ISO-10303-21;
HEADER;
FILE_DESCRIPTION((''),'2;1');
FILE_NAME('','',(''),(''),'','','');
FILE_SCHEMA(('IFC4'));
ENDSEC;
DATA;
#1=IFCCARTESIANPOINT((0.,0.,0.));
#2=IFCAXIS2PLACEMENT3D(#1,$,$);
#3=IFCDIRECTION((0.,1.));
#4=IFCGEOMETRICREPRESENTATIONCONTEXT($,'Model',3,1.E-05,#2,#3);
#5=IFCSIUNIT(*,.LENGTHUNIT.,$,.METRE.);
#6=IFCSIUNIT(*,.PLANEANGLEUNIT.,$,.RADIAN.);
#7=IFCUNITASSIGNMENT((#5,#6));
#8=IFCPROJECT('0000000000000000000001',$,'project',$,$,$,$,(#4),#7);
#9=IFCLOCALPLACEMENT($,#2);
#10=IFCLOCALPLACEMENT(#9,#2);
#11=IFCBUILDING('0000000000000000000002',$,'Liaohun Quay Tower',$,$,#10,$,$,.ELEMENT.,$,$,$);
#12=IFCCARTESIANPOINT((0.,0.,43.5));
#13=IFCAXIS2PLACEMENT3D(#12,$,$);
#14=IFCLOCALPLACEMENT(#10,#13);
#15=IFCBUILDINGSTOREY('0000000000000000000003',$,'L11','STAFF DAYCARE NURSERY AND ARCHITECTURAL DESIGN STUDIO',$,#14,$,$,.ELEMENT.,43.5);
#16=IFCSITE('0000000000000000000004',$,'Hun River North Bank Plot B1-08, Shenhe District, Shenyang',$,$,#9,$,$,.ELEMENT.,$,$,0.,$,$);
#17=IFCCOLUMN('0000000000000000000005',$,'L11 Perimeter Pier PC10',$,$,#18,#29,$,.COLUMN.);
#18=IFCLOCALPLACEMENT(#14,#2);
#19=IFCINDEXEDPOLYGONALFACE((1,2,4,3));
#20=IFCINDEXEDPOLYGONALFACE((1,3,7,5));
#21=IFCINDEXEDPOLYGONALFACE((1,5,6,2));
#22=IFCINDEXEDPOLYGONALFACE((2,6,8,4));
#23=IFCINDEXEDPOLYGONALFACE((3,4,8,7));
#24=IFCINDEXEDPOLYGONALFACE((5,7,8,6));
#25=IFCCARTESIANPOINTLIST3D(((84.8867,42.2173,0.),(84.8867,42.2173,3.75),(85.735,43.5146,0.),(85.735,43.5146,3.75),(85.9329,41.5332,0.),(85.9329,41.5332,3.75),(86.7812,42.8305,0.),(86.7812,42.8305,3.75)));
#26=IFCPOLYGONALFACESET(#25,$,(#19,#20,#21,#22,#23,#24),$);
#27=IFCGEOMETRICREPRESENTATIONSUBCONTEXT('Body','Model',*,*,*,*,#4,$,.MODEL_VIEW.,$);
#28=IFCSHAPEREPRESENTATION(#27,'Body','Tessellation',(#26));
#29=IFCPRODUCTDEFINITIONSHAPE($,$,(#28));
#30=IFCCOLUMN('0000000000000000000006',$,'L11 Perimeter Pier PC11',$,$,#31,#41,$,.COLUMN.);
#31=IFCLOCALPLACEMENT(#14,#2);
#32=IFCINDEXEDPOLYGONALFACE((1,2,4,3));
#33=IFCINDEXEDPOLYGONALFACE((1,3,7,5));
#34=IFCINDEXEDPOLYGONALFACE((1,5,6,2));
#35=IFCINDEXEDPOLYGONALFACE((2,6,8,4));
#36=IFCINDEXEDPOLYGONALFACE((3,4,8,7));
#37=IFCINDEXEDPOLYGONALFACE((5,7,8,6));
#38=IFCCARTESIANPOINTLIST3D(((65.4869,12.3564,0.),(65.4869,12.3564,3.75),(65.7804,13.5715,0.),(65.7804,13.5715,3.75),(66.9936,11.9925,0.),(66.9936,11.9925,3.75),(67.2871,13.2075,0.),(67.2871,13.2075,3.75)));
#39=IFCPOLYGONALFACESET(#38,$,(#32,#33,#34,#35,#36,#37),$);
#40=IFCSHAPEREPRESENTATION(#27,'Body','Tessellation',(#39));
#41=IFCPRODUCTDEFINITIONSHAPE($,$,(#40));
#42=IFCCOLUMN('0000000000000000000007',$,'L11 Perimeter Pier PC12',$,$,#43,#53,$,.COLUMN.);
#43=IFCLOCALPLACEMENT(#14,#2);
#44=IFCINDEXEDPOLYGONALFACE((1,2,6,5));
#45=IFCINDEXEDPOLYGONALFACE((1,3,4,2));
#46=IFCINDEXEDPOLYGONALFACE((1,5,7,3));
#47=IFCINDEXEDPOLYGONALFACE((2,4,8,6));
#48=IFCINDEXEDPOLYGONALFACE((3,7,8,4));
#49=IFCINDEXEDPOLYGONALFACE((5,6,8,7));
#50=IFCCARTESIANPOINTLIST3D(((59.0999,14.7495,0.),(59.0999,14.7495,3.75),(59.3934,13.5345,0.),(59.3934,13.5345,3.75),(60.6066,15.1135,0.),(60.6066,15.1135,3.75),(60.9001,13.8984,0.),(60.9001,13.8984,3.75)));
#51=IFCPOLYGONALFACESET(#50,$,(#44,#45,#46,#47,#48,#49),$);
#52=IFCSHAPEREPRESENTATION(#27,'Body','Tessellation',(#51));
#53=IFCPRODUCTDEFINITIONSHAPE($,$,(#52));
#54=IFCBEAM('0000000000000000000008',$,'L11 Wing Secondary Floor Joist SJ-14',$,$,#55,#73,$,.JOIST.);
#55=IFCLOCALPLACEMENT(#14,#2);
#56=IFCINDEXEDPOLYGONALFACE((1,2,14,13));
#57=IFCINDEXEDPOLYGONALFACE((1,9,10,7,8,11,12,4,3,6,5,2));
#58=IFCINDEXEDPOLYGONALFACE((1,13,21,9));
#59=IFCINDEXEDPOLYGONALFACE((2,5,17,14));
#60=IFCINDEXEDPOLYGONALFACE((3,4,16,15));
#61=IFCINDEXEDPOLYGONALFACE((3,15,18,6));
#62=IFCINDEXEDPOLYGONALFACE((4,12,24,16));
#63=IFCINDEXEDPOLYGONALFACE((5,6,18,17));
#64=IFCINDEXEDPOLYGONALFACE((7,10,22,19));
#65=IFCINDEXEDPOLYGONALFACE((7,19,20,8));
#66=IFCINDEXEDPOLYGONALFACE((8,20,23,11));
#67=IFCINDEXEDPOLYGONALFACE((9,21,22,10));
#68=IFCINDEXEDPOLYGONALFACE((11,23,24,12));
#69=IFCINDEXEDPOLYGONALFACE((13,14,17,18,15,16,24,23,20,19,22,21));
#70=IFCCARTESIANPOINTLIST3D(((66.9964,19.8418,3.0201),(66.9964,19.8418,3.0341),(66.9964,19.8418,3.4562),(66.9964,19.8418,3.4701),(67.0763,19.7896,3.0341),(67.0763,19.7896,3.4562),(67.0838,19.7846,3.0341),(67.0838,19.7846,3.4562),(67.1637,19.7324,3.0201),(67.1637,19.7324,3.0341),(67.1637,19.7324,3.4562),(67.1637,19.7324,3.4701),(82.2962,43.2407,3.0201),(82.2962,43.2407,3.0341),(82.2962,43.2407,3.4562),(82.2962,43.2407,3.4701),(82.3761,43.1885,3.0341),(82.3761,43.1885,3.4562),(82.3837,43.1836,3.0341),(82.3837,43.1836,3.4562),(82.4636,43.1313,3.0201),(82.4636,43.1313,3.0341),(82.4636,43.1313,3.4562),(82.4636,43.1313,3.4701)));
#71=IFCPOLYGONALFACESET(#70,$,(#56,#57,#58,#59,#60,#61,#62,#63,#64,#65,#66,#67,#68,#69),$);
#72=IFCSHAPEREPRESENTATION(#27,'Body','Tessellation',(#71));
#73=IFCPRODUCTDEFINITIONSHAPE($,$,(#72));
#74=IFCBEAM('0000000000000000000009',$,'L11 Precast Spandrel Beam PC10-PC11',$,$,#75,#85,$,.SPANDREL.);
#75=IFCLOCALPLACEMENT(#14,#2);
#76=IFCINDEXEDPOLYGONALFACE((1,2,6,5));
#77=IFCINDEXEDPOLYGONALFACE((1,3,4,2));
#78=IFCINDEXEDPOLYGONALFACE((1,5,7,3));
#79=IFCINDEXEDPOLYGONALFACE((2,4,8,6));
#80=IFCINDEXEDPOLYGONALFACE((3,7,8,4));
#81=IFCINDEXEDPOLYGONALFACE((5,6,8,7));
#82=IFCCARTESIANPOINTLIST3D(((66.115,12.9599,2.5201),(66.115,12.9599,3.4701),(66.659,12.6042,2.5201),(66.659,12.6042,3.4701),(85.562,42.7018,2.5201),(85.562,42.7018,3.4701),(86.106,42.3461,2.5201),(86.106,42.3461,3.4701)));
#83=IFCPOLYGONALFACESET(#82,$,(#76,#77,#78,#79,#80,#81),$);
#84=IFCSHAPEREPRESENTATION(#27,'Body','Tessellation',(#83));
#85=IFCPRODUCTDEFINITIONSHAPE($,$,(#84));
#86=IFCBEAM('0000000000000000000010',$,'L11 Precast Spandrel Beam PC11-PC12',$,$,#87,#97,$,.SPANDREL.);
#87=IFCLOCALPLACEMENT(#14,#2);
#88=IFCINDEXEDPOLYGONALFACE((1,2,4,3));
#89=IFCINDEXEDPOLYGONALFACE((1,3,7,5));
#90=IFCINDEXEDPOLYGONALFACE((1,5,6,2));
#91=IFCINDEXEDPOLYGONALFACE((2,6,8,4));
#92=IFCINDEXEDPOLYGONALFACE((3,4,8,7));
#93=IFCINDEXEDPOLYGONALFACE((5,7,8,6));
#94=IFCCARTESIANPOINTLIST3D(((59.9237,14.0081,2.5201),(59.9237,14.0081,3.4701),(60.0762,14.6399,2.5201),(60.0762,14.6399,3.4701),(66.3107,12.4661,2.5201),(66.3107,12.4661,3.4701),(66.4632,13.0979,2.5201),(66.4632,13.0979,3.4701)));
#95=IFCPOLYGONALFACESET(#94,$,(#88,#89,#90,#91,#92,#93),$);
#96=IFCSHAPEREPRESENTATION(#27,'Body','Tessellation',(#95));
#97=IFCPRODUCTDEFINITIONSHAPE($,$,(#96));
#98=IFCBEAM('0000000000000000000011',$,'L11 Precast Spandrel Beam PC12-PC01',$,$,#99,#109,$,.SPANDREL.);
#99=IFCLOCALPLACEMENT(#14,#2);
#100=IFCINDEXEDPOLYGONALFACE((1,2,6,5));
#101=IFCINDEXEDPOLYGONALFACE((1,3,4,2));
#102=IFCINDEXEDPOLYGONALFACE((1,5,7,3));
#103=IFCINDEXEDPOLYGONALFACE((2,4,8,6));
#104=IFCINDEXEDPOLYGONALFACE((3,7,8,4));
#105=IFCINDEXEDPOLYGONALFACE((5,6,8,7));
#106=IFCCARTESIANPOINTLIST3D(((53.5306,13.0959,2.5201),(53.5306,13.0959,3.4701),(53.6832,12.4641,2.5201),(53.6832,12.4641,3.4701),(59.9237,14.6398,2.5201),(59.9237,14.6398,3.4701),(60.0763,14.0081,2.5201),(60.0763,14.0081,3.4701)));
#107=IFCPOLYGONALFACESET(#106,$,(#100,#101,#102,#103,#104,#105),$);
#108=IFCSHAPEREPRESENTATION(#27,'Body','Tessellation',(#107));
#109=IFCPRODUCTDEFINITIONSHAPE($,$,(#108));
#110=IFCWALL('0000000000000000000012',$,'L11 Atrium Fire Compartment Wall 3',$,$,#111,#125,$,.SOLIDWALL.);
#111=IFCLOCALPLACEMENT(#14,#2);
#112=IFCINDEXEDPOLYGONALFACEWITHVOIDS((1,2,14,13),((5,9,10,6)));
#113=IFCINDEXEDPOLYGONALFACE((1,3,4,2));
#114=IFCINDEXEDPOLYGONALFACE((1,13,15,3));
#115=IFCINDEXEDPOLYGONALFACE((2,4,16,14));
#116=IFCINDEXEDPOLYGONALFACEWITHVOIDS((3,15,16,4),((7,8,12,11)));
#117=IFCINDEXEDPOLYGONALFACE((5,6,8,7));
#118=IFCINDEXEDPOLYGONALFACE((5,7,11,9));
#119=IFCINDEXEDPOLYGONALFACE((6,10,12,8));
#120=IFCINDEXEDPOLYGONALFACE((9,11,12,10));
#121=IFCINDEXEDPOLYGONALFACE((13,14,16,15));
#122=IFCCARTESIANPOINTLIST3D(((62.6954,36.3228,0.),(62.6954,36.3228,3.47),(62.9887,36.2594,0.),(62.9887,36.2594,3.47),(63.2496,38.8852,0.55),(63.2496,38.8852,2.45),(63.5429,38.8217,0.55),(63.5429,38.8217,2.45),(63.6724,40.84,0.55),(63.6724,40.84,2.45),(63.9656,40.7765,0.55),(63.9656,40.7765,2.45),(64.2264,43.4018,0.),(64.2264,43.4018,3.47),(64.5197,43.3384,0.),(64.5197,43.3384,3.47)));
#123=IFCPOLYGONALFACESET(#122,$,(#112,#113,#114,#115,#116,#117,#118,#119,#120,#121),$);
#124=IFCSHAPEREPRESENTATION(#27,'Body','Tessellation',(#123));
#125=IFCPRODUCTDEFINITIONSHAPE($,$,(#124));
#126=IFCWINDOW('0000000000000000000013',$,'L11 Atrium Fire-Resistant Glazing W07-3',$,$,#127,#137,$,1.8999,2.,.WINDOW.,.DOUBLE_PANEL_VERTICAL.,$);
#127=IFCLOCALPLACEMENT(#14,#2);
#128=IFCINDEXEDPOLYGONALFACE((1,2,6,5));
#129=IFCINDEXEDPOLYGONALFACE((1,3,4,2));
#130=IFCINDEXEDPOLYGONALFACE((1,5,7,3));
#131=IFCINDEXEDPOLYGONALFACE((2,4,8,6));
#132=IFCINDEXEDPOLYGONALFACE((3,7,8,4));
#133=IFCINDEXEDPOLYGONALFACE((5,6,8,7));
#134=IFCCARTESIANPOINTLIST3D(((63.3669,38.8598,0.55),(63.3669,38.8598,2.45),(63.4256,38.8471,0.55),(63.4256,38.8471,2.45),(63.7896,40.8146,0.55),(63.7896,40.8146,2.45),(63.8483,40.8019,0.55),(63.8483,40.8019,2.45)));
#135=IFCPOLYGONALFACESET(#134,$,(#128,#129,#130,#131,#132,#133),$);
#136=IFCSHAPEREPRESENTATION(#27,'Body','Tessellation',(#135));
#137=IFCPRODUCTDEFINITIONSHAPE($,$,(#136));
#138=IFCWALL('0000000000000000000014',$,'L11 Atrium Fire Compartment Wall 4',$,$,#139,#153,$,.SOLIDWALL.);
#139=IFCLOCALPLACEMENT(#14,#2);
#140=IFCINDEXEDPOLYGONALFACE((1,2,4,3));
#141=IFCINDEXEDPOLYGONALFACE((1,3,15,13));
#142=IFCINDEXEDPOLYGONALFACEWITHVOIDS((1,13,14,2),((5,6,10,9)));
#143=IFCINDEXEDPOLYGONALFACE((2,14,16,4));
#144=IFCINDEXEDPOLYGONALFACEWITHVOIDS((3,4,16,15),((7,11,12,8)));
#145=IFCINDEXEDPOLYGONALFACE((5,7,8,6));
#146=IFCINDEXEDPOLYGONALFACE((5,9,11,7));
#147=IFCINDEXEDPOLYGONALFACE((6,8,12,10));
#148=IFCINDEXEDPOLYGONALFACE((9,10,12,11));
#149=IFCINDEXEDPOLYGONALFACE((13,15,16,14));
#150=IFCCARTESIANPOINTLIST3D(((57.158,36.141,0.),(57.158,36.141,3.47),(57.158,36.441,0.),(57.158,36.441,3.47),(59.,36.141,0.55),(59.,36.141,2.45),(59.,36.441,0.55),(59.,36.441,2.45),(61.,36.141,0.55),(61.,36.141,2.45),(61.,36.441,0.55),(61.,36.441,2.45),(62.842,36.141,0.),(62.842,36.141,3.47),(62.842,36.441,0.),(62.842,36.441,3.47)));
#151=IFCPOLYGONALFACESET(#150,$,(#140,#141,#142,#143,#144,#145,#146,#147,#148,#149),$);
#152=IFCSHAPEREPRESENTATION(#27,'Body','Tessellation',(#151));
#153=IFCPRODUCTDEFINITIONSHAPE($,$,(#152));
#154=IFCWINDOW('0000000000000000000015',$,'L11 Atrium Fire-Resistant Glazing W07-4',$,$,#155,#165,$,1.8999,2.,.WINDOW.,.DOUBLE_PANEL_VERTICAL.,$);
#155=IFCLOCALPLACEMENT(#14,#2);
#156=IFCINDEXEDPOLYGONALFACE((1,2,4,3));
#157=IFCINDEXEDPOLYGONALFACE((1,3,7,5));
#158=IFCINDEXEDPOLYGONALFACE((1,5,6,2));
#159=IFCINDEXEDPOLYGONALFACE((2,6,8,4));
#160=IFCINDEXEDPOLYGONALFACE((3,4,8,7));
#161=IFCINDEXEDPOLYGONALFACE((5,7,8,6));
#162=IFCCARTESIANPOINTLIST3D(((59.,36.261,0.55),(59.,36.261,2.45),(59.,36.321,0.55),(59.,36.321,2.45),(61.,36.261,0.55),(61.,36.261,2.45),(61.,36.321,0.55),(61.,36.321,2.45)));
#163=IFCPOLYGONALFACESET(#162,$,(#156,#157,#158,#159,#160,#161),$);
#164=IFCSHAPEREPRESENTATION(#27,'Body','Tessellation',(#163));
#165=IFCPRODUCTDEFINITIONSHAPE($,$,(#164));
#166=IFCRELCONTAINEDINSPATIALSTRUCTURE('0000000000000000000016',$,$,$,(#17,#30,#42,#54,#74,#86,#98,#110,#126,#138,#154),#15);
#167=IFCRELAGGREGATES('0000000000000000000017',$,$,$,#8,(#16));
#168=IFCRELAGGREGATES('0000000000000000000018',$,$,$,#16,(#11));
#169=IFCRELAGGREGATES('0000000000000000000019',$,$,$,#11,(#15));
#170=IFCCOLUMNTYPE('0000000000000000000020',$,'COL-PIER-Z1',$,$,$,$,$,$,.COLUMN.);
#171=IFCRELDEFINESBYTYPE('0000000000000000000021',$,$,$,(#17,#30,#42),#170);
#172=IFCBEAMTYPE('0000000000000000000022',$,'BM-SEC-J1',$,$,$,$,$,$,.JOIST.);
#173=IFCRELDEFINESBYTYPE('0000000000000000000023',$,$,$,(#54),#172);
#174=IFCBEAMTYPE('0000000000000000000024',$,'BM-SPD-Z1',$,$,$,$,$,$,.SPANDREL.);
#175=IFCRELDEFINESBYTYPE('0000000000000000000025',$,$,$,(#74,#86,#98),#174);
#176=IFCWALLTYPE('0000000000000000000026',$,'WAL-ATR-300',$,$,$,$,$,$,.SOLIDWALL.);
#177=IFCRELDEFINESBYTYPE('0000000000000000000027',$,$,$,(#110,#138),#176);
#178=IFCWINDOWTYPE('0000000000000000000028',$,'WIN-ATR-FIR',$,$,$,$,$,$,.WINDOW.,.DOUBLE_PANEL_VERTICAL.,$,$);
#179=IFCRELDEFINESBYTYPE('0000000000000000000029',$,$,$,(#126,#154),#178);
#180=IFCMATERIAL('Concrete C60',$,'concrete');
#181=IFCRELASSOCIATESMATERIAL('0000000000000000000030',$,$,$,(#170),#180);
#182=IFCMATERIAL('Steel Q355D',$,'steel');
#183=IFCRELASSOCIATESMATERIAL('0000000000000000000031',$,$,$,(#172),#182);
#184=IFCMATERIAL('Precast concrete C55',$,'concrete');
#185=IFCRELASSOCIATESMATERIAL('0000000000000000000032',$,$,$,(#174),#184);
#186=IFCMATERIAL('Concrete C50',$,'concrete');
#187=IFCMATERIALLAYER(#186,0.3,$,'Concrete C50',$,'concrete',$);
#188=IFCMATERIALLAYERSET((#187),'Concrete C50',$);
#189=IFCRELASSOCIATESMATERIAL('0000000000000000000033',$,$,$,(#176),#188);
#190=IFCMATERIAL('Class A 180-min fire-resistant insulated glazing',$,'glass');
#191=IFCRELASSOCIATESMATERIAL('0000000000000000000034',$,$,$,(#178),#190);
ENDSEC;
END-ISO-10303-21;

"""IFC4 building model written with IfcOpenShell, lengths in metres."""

from ifc_helpers import new_model, si_unit, direction, frame, frame_2d, origin, origin_2d, place, context, subcontext, project, spatial, rectangle, i_section, extrude, source, transform, mapped, material, layer, layer_set, material_profile, profile_set, type_object, element, fill, save


model = new_model("IFC4")

# Units and contexts
model_context = context("Model", 3, precision=1e-05, world=origin(), true_north=direction((0.0, 1.0)))
body_context = subcontext(model_context, "Body", "Model", "MODEL_VIEW")
ifc_project = project(units=[si_unit("LENGTHUNIT", "METRE"), si_unit("PLANEANGLEUNIT", "RADIAN")], contexts=[model_context])

# Site, building, storey
site_placement = place(None, origin())
site = spatial("IfcSite", under=ifc_project, at=site_placement, Name="Hun River North Bank Plot B1-08, Shenhe District, Shenyang", CompositionType="ELEMENT", RefElevation=0.0)
building_placement = place(site_placement, origin())
building = spatial("IfcBuilding", under=site, at=building_placement, Name="Liaohun Quay Tower", CompositionType="ELEMENT")
storey_placement = place(building_placement, frame((0.0, 0.0, 43.5)))
storey = spatial("IfcBuildingStorey", under=building, at=storey_placement, Name="L11", Description="STAFF DAYCARE NURSERY AND ARCHITECTURAL DESIGN STUDIO", CompositionType="ELEMENT", Elevation=43.5)

# Columns
ifc_material_1 = material(Name="Concrete C60", Category="concrete")
ifc_material_profile_1 = material_profile(ifc_material_1, rectangle(XDim=1.55, YDim=1.25, at=origin_2d()), Name="RC1550x1250")
ifc_profile_set_1 = profile_set([ifc_material_profile_1], Name="Concrete C60")
column_type = type_object("IfcColumnType", Name="COL-PIER-Z1", PredefinedType="COLUMN", material=ifc_profile_set_1)
shared_shape_1 = source(origin(), body_context, "Body", "SweptSolid", [
    extrude(rectangle(XDim=1.55, YDim=1.25, at=origin_2d()), origin(), (0.0, 0.0, 1.0), 3.75),
])
for number, where, z_axis, x_axis, name in (
    (1, (85.834, 42.5239, 0.0), (0.0, 0.0, 1.0), (0.547271, 0.836955, 0.0), "L11 Perimeter Pier PC10"),
    (2, (66.387, 12.782, 0.0), (0.0, 0.0, 1.0), (-0.972043, 0.234803, 0.0), "L11 Perimeter Pier PC11"),
    (3, (60.0, 14.324, 0.0), (0.0, 0.0, 1.0), (0.972043, 0.234803, 0.0), "L11 Perimeter Pier PC12"),
):
    element("IfcColumn", number, at=place(storey_placement, frame(where, z_axis=z_axis, x_axis=x_axis)), inside=storey, type_object=column_type, Name=name, PredefinedType="COLUMN", context=body_context, shape_type="MappedRepresentation", body=[
        mapped(shared_shape_1, transform((0.0, 0.0, 0.0), x_axis=(1.0, 0.0, 0.0), y_axis=(0.0, 1.0, 0.0), z_axis=(0.0, 0.0, 1.0), scale=1.0)),
    ])

# Beams
ifc_material_2 = material(Name="Steel Q355D", Category="steel")
ifc_material_profile_2 = material_profile(ifc_material_2, i_section(OverallWidth=0.2, OverallDepth=0.45, WebThickness=0.009, FlangeThickness=0.0139, at=origin_2d()), Name="HN450x200x9x14")
ifc_profile_set_2 = profile_set([ifc_material_profile_2], Name="Steel Q355D")
beam_type_1 = type_object("IfcBeamType", Name="BM-SEC-J1", PredefinedType="JOIST", material=ifc_profile_set_2)
shared_shape_2 = source(origin(), body_context, "Body", "SweptSolid", [
    extrude(i_section(OverallWidth=0.2, OverallDepth=0.45, WebThickness=0.009, FlangeThickness=0.0139, at=origin_2d()), origin(), (0.0, 0.0, 1.0), 27.957),
])
beam_1_placement = place(storey_placement, frame((82.3799, 43.186, 3.2451), z_axis=(-0.547262, -0.836961, 0.0), x_axis=(0.836961, -0.547262, 0.0)))
element("IfcBeam", 4, at=beam_1_placement, inside=storey, type_object=beam_type_1, Name="L11 Wing Secondary Floor Joist SJ-14", PredefinedType="JOIST", context=body_context, shape_type="MappedRepresentation", body=[
    mapped(shared_shape_2, transform((0.0, 0.0, 0.0), x_axis=(1.0, 0.0, 0.0), y_axis=(0.0, 1.0, 0.0), z_axis=(0.0, 0.0, 1.0), scale=1.0)),
])
ifc_material_3 = material(Name="Precast concrete C55", Category="concrete")
ifc_material_profile_3 = material_profile(ifc_material_3, rectangle(XDim=0.6499, YDim=0.95, at=origin_2d()), Name="RC650x950")
ifc_profile_set_3 = profile_set([ifc_material_profile_3], Name="Precast concrete C55")
beam_type_2 = type_object("IfcBeamType", Name="BM-SPD-Z1", PredefinedType="SPANDREL", material=ifc_profile_set_3)
shared_shape_3 = source(origin(), body_context, "Body", "SweptSolid", [
    extrude(rectangle(XDim=0.6499, YDim=0.95, at=origin_2d()), origin(), (0.0, 0.0, 1.0), 35.5354),
])
beam_2_placement = place(storey_placement, frame((85.834, 42.5239, 2.9951), z_axis=(-0.547257, -0.836965, 0.0), x_axis=(0.836965, -0.547257, 0.0)))
element("IfcBeam", 5, at=beam_2_placement, inside=storey, type_object=beam_type_2, Name="L11 Precast Spandrel Beam PC10-PC11", PredefinedType="SPANDREL", context=body_context, shape_type="MappedRepresentation", body=[
    mapped(shared_shape_3, transform((0.0, 0.0, 0.0), x_axis=(1.0, 0.0, 0.0), y_axis=(0.0, 1.0, 0.0), z_axis=(0.0, 0.0, 1.0), scale=1.0)),
])
shared_shape_4 = source(origin(), body_context, "Body", "SweptSolid", [
    extrude(rectangle(XDim=0.6499, YDim=0.95, at=origin_2d()), origin(), (0.0, 0.0, 1.0), 6.5706),
])
beam_3_placement = place(storey_placement, frame((66.387, 12.782, 2.9951), z_axis=(-0.972071, 0.234685, 0.0), x_axis=(-0.234685, -0.972071, 0.0)))
element("IfcBeam", 6, at=beam_3_placement, inside=storey, type_object=beam_type_2, Name="L11 Precast Spandrel Beam PC11-PC12", PredefinedType="SPANDREL", context=body_context, shape_type="MappedRepresentation", body=[
    mapped(shared_shape_4, transform((0.0, 0.0, 0.0), x_axis=(1.0, 0.0, 0.0), y_axis=(0.0, 1.0, 0.0), z_axis=(0.0, 0.0, 1.0), scale=1.0)),
])
shared_shape_5 = source(origin(), body_context, "Body", "SweptSolid", [
    extrude(rectangle(XDim=0.6499, YDim=0.95, at=origin_2d()), origin(), (0.0, 0.0, 1.0), 6.5769),
])
beam_4_placement = place(storey_placement, frame((60.0, 14.324, 2.9951), z_axis=(-0.972055, -0.234754, 0.0), x_axis=(0.234754, -0.972055, 0.0)))
element("IfcBeam", 7, at=beam_4_placement, inside=storey, type_object=beam_type_2, Name="L11 Precast Spandrel Beam PC12-PC01", PredefinedType="SPANDREL", context=body_context, shape_type="MappedRepresentation", body=[
    mapped(shared_shape_5, transform((0.0, 0.0, 0.0), x_axis=(1.0, 0.0, 0.0), y_axis=(0.0, 1.0, 0.0), z_axis=(0.0, 0.0, 1.0), scale=1.0)),
])

# Walls, openings, windows
ifc_material_4 = material(Name="Concrete C50", Category="concrete")
ifc_layer_1 = layer(ifc_material_4, 0.3, Name="Concrete C50", Category="concrete")
ifc_layer_set_1 = layer_set([ifc_layer_1], Name="Concrete C50")
wall_type_1 = type_object("IfcWallType", Name="WAL-ATR-300", PredefinedType="SOLIDWALL", material=ifc_layer_set_1)
wall_1_placement = place(storey_placement, frame((64.373, 43.3701, 0.0), z_axis=(0.0, 0.0, 1.0), x_axis=(-0.211384, -0.977403, 0.0)))
wall_1 = element("IfcWall", 8, at=wall_1_placement, inside=storey, type_object=wall_type_1, Name="L11 Atrium Fire Compartment Wall 3", PredefinedType="SOLIDWALL", context=body_context, shape_type="SweptSolid", body=[
    extrude(rectangle(XDim=7.2427, YDim=0.3, at=frame_2d((3.6213, 0.0))), origin(), (0.0, 0.0, 1.0), 3.47),
])
shared_shape_6 = source(origin(), body_context, "Body", "SweptSolid", [
    extrude(rectangle(XDim=2.0, YDim=1.8999, at=frame_2d((1.0, 0.95))), frame((0.0, 0.1599, 0.0), z_axis=(0.0, -1.0, 0.0), x_axis=(1.0, 0.0, 0.0)), (0.0, 0.0, 1.0), 0.3201),
])
opening_1_placement = place(wall_1_placement, frame((2.6211, 0.0, 0.55)))
opening_1 = element("IfcOpeningElement", 9, at=opening_1_placement, cuts=wall_1, PredefinedType="OPENING", context=body_context, shape_type="MappedRepresentation", body=[
    mapped(shared_shape_6, transform((0.0, 0.0, 0.0), x_axis=(1.0, 0.0, 0.0), y_axis=(0.0, 1.0, 0.0), z_axis=(0.0, 0.0, 1.0), scale=1.0)),
])
ifc_material_5 = material(Name="Class A 180-min fire-resistant insulated glazing", Category="glass")
window_type_1 = type_object("IfcWindowType", Name="WIN-ATR-FIR", PartitioningType="DOUBLE_PANEL_VERTICAL", PredefinedType="WINDOW", material=ifc_material_5)
shared_shape_7 = source(origin(), body_context, "Body", "SweptSolid", [
    extrude(rectangle(XDim=2.0, YDim=1.8999, at=frame_2d((1.0, 0.95))), frame((0.0, 0.03, 0.0), z_axis=(0.0, -1.0, 0.0), x_axis=(1.0, 0.0, 0.0)), (0.0, 0.0, 1.0), 0.0601),
])
window_1_placement = place(opening_1_placement, origin())
window_1 = element("IfcWindow", 10, at=window_1_placement, inside=storey, type_object=window_type_1, Name="L11 Atrium Fire-Resistant Glazing W07-3", OverallHeight=1.8999, OverallWidth=2.0, PartitioningType="DOUBLE_PANEL_VERTICAL", PredefinedType="WINDOW", context=body_context, shape_type="MappedRepresentation", body=[
    mapped(shared_shape_7, transform((0.0, 0.0, 0.0), x_axis=(1.0, 0.0, 0.0), y_axis=(0.0, 1.0, 0.0), z_axis=(0.0, 0.0, 1.0), scale=1.0)),
])
fill(opening_1, window_1)
wall_2_placement = place(storey_placement, frame((62.842, 36.291, 0.0), z_axis=(0.0, 0.0, 1.0), x_axis=(-1.0, 0.0, 0.0)))
wall_2 = element("IfcWall", 11, at=wall_2_placement, inside=storey, type_object=wall_type_1, Name="L11 Atrium Fire Compartment Wall 4", PredefinedType="SOLIDWALL", context=body_context, shape_type="SweptSolid", body=[
    extrude(rectangle(XDim=5.6841, YDim=0.3, at=frame_2d((2.842, 0.0))), origin(), (0.0, 0.0, 1.0), 3.47),
])
opening_2_placement = place(wall_2_placement, frame((1.842, 0.0, 0.55)))
opening_2 = element("IfcOpeningElement", 12, at=opening_2_placement, cuts=wall_2, PredefinedType="OPENING", context=body_context, shape_type="MappedRepresentation", body=[
    mapped(shared_shape_6, transform((0.0, 0.0, 0.0), x_axis=(1.0, 0.0, 0.0), y_axis=(0.0, 1.0, 0.0), z_axis=(0.0, 0.0, 1.0), scale=1.0)),
])
window_2_placement = place(opening_2_placement, origin())
window_2 = element("IfcWindow", 13, at=window_2_placement, inside=storey, type_object=window_type_1, Name="L11 Atrium Fire-Resistant Glazing W07-4", OverallHeight=1.8999, OverallWidth=2.0, PartitioningType="DOUBLE_PANEL_VERTICAL", PredefinedType="WINDOW", context=body_context, shape_type="MappedRepresentation", body=[
    mapped(shared_shape_7, transform((0.0, 0.0, 0.0), x_axis=(1.0, 0.0, 0.0), y_axis=(0.0, 1.0, 0.0), z_axis=(0.0, 0.0, 1.0), scale=1.0)),
])
fill(opening_2, window_2)

save(model, "model.ifc")
